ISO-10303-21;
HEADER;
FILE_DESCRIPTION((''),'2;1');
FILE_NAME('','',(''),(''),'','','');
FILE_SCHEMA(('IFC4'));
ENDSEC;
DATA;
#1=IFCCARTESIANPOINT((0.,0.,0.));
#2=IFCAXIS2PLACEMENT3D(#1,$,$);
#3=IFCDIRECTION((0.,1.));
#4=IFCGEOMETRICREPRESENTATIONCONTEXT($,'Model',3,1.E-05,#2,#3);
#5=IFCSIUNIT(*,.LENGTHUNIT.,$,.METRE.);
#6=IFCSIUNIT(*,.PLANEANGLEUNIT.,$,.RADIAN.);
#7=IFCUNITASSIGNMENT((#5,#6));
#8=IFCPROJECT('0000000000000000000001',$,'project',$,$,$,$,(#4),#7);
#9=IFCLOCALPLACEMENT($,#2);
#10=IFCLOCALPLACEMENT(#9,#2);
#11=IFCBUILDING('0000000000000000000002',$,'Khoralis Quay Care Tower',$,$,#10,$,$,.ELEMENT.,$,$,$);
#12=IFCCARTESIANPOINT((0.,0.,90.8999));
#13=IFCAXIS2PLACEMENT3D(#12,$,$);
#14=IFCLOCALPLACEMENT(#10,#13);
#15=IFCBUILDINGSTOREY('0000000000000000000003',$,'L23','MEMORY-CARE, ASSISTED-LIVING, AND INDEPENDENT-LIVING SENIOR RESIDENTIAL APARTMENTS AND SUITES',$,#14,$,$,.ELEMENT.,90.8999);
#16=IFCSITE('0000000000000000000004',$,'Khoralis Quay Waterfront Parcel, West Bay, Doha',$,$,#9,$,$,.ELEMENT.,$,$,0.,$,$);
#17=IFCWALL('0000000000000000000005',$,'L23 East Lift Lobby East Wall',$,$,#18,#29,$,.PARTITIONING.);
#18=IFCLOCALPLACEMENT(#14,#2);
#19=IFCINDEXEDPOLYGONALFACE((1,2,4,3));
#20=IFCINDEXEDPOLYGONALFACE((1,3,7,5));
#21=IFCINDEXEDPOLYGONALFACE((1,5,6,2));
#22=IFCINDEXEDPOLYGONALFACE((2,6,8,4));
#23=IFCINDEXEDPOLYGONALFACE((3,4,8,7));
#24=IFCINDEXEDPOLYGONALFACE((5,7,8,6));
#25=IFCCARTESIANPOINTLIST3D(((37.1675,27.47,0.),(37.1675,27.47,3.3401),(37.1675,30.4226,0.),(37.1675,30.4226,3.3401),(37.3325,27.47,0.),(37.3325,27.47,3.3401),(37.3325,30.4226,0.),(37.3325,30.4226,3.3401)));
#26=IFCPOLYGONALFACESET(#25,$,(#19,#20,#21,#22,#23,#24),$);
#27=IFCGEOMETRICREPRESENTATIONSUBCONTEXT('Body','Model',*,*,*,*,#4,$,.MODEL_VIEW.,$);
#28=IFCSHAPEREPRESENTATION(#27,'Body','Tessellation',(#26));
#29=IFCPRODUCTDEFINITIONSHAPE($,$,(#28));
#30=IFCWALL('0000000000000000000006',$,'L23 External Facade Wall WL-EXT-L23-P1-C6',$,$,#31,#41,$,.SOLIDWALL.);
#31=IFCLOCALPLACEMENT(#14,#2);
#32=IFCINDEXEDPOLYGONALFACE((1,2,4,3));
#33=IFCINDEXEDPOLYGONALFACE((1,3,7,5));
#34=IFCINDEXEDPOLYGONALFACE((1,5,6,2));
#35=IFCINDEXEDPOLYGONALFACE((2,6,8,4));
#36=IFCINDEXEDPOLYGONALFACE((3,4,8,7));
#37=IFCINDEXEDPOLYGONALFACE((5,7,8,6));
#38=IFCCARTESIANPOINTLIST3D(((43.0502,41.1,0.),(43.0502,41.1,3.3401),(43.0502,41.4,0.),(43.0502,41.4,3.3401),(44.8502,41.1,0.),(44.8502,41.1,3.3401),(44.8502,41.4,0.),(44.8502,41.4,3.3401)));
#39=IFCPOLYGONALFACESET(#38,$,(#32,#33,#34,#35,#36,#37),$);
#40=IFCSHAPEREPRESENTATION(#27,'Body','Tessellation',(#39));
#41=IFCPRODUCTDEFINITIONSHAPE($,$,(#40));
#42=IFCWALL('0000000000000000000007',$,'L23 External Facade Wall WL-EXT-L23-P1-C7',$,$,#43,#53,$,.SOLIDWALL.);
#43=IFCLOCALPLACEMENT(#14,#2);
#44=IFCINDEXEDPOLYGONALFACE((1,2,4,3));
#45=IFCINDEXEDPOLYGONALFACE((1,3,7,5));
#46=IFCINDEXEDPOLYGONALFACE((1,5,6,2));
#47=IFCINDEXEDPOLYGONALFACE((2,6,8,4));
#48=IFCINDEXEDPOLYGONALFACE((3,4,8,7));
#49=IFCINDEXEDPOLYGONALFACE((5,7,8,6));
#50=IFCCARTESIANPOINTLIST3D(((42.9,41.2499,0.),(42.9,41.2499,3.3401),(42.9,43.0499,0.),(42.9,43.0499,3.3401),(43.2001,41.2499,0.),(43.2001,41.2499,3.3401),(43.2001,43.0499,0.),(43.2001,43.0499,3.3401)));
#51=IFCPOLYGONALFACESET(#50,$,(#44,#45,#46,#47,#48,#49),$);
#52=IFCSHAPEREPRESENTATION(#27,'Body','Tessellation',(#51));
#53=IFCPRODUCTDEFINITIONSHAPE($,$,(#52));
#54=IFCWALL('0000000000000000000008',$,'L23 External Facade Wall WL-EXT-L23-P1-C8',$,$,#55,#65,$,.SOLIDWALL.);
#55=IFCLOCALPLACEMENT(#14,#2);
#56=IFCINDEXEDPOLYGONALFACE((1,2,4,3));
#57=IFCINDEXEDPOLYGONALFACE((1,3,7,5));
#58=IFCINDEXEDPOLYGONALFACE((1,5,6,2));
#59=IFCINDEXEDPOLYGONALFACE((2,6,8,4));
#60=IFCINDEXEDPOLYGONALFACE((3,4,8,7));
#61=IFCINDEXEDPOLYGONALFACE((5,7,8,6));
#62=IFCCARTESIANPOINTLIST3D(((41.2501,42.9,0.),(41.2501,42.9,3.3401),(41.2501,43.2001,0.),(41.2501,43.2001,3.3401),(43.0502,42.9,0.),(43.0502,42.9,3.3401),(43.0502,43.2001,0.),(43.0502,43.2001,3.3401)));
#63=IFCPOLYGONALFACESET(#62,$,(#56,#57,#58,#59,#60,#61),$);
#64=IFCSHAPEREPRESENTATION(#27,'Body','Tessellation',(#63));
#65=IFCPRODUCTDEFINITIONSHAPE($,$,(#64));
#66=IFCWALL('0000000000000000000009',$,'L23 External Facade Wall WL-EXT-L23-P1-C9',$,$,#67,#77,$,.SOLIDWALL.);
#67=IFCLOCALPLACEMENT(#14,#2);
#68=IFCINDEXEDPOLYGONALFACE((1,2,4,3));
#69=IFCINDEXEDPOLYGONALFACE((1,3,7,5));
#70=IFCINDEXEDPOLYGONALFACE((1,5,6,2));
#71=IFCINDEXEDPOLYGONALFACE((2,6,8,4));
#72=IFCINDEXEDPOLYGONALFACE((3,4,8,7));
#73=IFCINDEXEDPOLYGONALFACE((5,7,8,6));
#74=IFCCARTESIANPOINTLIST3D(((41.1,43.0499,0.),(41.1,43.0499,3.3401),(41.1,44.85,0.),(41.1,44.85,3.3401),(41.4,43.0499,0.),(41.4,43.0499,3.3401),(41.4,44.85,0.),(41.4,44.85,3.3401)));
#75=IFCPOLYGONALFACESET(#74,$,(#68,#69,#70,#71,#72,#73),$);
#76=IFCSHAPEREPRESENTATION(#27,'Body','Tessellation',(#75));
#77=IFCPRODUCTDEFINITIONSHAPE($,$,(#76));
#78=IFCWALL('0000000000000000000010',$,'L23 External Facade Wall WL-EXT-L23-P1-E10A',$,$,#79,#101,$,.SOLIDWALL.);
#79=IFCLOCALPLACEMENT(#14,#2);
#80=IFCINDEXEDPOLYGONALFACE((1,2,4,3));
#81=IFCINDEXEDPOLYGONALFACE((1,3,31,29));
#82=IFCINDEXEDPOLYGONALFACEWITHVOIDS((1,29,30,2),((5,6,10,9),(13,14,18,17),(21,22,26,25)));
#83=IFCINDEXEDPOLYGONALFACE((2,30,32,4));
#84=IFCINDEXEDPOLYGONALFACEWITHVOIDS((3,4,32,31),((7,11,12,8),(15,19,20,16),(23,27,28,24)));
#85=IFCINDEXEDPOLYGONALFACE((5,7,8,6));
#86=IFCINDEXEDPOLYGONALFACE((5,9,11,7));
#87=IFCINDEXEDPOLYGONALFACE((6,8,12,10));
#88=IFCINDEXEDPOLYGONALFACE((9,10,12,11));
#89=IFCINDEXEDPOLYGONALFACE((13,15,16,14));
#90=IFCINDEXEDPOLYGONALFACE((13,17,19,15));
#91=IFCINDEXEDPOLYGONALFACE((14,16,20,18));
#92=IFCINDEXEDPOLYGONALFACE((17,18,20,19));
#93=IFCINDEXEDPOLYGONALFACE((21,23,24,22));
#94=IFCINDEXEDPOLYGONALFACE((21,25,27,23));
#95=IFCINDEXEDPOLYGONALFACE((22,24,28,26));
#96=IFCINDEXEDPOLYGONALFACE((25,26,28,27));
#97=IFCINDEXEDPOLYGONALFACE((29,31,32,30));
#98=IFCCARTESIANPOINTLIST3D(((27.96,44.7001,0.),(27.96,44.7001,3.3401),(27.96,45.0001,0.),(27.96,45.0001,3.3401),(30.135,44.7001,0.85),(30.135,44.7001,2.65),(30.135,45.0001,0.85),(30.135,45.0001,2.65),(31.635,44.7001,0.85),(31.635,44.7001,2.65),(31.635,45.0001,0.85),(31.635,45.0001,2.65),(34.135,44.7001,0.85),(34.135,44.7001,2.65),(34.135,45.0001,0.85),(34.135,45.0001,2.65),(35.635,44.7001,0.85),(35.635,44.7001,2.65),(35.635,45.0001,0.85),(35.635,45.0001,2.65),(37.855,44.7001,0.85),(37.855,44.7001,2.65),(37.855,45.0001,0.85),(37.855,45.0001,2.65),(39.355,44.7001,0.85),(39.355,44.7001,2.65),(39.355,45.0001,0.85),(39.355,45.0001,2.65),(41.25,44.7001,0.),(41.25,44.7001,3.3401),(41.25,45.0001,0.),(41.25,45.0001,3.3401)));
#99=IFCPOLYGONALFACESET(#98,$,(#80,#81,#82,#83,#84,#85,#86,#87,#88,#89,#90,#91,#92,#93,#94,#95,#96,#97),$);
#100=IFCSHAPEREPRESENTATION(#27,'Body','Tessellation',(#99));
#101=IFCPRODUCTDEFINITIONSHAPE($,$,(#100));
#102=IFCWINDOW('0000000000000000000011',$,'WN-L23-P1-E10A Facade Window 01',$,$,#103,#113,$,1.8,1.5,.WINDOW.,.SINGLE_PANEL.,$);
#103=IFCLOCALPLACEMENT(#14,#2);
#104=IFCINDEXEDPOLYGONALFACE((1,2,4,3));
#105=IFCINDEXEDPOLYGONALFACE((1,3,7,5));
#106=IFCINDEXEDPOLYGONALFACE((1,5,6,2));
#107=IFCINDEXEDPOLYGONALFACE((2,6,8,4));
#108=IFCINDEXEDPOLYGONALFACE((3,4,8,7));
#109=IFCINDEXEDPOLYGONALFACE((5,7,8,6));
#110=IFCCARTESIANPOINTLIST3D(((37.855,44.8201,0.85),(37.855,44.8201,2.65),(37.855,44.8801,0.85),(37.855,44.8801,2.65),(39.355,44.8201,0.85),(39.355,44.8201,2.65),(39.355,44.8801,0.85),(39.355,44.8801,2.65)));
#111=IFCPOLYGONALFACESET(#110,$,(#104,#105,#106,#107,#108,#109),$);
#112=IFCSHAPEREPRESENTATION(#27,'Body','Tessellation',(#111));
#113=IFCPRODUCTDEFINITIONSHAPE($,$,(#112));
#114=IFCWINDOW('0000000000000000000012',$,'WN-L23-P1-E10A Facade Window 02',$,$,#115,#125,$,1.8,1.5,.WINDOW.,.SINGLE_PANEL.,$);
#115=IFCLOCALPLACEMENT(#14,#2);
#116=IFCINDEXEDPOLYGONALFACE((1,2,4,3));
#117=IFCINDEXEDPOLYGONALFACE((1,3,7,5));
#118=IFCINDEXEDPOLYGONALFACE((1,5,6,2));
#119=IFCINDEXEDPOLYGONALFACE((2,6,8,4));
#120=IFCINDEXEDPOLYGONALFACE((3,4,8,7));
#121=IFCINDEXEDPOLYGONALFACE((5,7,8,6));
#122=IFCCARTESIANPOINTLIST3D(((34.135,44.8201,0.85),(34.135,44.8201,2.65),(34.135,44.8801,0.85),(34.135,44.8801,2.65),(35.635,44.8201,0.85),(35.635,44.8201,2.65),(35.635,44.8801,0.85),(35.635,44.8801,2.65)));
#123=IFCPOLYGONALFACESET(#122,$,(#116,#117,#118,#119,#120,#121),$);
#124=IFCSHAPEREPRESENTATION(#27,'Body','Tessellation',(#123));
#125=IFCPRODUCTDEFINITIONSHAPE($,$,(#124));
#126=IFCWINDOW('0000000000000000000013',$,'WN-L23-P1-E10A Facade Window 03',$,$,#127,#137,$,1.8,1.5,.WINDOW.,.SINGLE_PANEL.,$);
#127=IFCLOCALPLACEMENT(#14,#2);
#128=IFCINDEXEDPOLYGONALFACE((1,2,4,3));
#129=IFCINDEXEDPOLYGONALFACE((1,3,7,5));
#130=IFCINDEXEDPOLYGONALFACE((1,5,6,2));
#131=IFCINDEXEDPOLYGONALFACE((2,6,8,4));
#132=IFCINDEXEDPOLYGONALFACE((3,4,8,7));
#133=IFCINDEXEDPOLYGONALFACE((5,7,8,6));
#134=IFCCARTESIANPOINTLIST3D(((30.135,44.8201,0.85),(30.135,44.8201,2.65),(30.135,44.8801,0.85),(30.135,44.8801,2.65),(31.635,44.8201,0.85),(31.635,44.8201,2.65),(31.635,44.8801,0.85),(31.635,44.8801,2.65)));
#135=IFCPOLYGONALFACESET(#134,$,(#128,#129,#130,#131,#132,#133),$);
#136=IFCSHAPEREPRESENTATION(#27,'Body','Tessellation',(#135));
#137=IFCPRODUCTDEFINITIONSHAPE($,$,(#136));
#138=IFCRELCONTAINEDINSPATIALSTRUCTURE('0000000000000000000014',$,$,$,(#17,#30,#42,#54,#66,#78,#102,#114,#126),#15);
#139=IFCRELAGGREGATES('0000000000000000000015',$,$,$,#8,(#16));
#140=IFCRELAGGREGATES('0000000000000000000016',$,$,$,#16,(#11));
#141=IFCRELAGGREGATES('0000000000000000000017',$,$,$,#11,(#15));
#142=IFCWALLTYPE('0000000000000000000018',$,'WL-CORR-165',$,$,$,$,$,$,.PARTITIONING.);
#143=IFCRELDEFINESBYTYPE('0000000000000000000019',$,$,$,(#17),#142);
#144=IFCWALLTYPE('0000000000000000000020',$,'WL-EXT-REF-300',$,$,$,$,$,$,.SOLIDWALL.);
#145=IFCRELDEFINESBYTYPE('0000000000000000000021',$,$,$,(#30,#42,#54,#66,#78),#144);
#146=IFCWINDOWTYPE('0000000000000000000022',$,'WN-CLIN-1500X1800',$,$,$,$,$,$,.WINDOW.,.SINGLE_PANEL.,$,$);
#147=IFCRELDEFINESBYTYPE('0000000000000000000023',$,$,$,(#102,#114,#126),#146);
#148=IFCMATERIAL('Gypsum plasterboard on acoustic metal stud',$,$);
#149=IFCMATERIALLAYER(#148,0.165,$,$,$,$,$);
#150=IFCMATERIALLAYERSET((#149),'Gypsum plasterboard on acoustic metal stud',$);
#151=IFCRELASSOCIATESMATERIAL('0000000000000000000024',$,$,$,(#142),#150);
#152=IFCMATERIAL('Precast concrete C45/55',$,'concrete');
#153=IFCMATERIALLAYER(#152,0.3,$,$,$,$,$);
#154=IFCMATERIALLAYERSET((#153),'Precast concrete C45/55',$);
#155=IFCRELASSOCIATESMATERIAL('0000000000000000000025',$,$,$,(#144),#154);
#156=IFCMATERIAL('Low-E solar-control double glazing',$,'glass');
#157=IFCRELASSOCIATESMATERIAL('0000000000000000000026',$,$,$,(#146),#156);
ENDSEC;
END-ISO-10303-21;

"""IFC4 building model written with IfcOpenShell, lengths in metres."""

from ifc_helpers import new_model, si_unit, direction, frame, frame_2d, origin, place, context, subcontext, project, spatial, rectangle, extrude, source, transform, mapped, material, layer, layer_set, type_object, element, fill, save


model = new_model("IFC4")

# Units and contexts
model_context = context("Model", 3, precision=1e-05, world=origin(), true_north=direction((0.0, 1.0)))
body_context = subcontext(model_context, "Body", "Model", "MODEL_VIEW")
ifc_project = project(units=[si_unit("LENGTHUNIT", "METRE"), si_unit("PLANEANGLEUNIT", "RADIAN")], contexts=[model_context])

# Site, building, storey
site_placement = place(None, origin())
site = spatial("IfcSite", under=ifc_project, at=site_placement, Name="Khoralis Quay Waterfront Parcel, West Bay, Doha", CompositionType="ELEMENT", RefElevation=0.0)
building_placement = place(site_placement, origin())
building = spatial("IfcBuilding", under=site, at=building_placement, Name="Khoralis Quay Care Tower", CompositionType="ELEMENT")
storey_placement = place(building_placement, frame((0.0, 0.0, 90.8999)))
storey = spatial("IfcBuildingStorey", under=building, at=storey_placement, Name="L23", Description="MEMORY-CARE, ASSISTED-LIVING, AND INDEPENDENT-LIVING SENIOR RESIDENTIAL APARTMENTS AND SUITES", CompositionType="ELEMENT", Elevation=90.8999)

# Walls
ifc_material_1 = material(Name="Gypsum plasterboard on acoustic metal stud")
ifc_layer_1 = layer(ifc_material_1, 0.165)
ifc_layer_set_1 = layer_set([ifc_layer_1], Name="Gypsum plasterboard on acoustic metal stud")
wall_type_1 = type_object("IfcWallType", Name="WL-CORR-165", PredefinedType="PARTITIONING", material=ifc_layer_set_1)
wall_1_placement = place(storey_placement, frame((37.25, 27.47, 0.0), z_axis=(0.0, 0.0, 1.0), x_axis=(0.0, 1.0, 0.0)))
element("IfcWall", 1, at=wall_1_placement, inside=storey, type_object=wall_type_1, Name="L23 East Lift Lobby East Wall", PredefinedType="PARTITIONING", context=body_context, shape_type="SweptSolid", body=[
    extrude(rectangle(XDim=2.9526, YDim=0.165, at=frame_2d((1.4763, 0.0))), origin(), (0.0, 0.0, 1.0), 3.3401),
])
ifc_material_2 = material(Name="Precast concrete C45/55", Category="concrete")
ifc_layer_2 = layer(ifc_material_2, 0.3)
ifc_layer_set_2 = layer_set([ifc_layer_2], Name="Precast concrete C45/55")
wall_type_2 = type_object("IfcWallType", Name="WL-EXT-REF-300", PredefinedType="SOLIDWALL", material=ifc_layer_set_2)
for number, where, z_axis, x_axis, name in (
    (2, (44.8501, 41.25, 0.0), (0.0, 0.0, 1.0), (-1.0, 0.0, 0.0), "L23 External Facade Wall WL-EXT-L23-P1-C6"),
    (3, (43.05, 41.25, 0.0), (0.0, 0.0, 1.0), (0.0, 1.0, 0.0), "L23 External Facade Wall WL-EXT-L23-P1-C7"),
    (4, (43.05, 43.05, 0.0), (0.0, 0.0, 1.0), (-1.0, 0.0, 0.0), "L23 External Facade Wall WL-EXT-L23-P1-C8"),
    (5, (41.25, 43.05, 0.0), (0.0, 0.0, 1.0), (0.0, 1.0, 0.0), "L23 External Facade Wall WL-EXT-L23-P1-C9"),
):
    element("IfcWall", number, at=place(storey_placement, frame(where, z_axis=z_axis, x_axis=x_axis)), inside=storey, type_object=wall_type_2, Name=name, PredefinedType="SOLIDWALL", context=body_context, shape_type="SweptSolid", body=[
        extrude(rectangle(XDim=1.8, YDim=0.3, at=frame_2d((0.8999, 0.0))), origin(), (0.0, 0.0, 1.0), 3.3401),
    ])

# Wall, openings, windows
wall_2_placement = place(storey_placement, frame((41.25, 44.8501, 0.0), z_axis=(0.0, 0.0, 1.0), x_axis=(-1.0, 0.0, 0.0)))
wall_2 = element("IfcWall", 6, at=wall_2_placement, inside=storey, type_object=wall_type_2, Name="L23 External Facade Wall WL-EXT-L23-P1-E10A", PredefinedType="SOLIDWALL", context=body_context, shape_type="SweptSolid", body=[
    extrude(rectangle(XDim=13.29, YDim=0.3, at=frame_2d((6.645, 0.0))), origin(), (0.0, 0.0, 1.0), 3.3401),
])
opening_1_placement = place(wall_2_placement, frame((1.895, 0.0, 0.8501)))
opening_1 = element("IfcOpeningElement", 7, at=opening_1_placement, cuts=wall_2, PredefinedType="OPENING", context=body_context, shape_type="SweptSolid", body=[
    extrude(rectangle(XDim=1.5, YDim=1.8, at=frame_2d((0.75, 0.8999))), frame((0.0, 0.1602, 0.0), z_axis=(0.0, -1.0, 0.0), x_axis=(1.0, 0.0, 0.0)), (0.0, 0.0, 1.0), 0.3201),
])
opening_2_placement = place(wall_2_placement, frame((5.615, 0.0, 0.8501)))
opening_2 = element("IfcOpeningElement", 8, at=opening_2_placement, cuts=wall_2, PredefinedType="OPENING", context=body_context, shape_type="SweptSolid", body=[
    extrude(rectangle(XDim=1.5, YDim=1.8, at=frame_2d((0.75, 0.8999))), frame((0.0, 0.1602, 0.0), z_axis=(0.0, -1.0, 0.0), x_axis=(1.0, 0.0, 0.0)), (0.0, 0.0, 1.0), 0.3201),
])
opening_3_placement = place(wall_2_placement, frame((9.615, 0.0, 0.8501)))
opening_3 = element("IfcOpeningElement", 9, at=opening_3_placement, cuts=wall_2, PredefinedType="OPENING", context=body_context, shape_type="SweptSolid", body=[
    extrude(rectangle(XDim=1.5, YDim=1.8, at=frame_2d((0.75, 0.8999))), frame((0.0, 0.1602, 0.0), z_axis=(0.0, -1.0, 0.0), x_axis=(1.0, 0.0, 0.0)), (0.0, 0.0, 1.0), 0.3201),
])
ifc_material_3 = material(Name="Low-E solar-control double glazing", Category="glass")
window_type = type_object("IfcWindowType", Name="WN-CLIN-1500X1800", PartitioningType="SINGLE_PANEL", PredefinedType="WINDOW", material=ifc_material_3)
shared_shape_1 = source(origin(), body_context, "Body", "SweptSolid", [
    extrude(rectangle(XDim=1.5, YDim=1.8, at=frame_2d((0.75, 0.8999))), frame((0.0, 0.03, 0.0), z_axis=(0.0, -1.0, 0.0), x_axis=(1.0, 0.0, 0.0)), (0.0, 0.0, 1.0), 0.0601),
])
window_1_placement = place(opening_1_placement, origin())
window_1 = element("IfcWindow", 10, at=window_1_placement, inside=storey, type_object=window_type, Name="WN-L23-P1-E10A Facade Window 01", OverallHeight=1.8, OverallWidth=1.5, PartitioningType="SINGLE_PANEL", PredefinedType="WINDOW", context=body_context, shape_type="MappedRepresentation", body=[
    mapped(shared_shape_1, transform((0.0, 0.0, 0.0), scale=1.0)),
])
fill(opening_1, window_1)
window_2_placement = place(opening_2_placement, origin())
window_2 = element("IfcWindow", 11, at=window_2_placement, inside=storey, type_object=window_type, Name="WN-L23-P1-E10A Facade Window 02", OverallHeight=1.8, OverallWidth=1.5, PartitioningType="SINGLE_PANEL", PredefinedType="WINDOW", context=body_context, shape_type="MappedRepresentation", body=[
    mapped(shared_shape_1, transform((0.0, 0.0, 0.0), scale=1.0)),
])
fill(opening_2, window_2)
window_3_placement = place(opening_3_placement, origin())
window_3 = element("IfcWindow", 12, at=window_3_placement, inside=storey, type_object=window_type, Name="WN-L23-P1-E10A Facade Window 03", OverallHeight=1.8, OverallWidth=1.5, PartitioningType="SINGLE_PANEL", PredefinedType="WINDOW", context=body_context, shape_type="MappedRepresentation", body=[
    mapped(shared_shape_1, transform((0.0, 0.0, 0.0), scale=1.0)),
])
fill(opening_3, window_3)

save(model, "model.ifc")
